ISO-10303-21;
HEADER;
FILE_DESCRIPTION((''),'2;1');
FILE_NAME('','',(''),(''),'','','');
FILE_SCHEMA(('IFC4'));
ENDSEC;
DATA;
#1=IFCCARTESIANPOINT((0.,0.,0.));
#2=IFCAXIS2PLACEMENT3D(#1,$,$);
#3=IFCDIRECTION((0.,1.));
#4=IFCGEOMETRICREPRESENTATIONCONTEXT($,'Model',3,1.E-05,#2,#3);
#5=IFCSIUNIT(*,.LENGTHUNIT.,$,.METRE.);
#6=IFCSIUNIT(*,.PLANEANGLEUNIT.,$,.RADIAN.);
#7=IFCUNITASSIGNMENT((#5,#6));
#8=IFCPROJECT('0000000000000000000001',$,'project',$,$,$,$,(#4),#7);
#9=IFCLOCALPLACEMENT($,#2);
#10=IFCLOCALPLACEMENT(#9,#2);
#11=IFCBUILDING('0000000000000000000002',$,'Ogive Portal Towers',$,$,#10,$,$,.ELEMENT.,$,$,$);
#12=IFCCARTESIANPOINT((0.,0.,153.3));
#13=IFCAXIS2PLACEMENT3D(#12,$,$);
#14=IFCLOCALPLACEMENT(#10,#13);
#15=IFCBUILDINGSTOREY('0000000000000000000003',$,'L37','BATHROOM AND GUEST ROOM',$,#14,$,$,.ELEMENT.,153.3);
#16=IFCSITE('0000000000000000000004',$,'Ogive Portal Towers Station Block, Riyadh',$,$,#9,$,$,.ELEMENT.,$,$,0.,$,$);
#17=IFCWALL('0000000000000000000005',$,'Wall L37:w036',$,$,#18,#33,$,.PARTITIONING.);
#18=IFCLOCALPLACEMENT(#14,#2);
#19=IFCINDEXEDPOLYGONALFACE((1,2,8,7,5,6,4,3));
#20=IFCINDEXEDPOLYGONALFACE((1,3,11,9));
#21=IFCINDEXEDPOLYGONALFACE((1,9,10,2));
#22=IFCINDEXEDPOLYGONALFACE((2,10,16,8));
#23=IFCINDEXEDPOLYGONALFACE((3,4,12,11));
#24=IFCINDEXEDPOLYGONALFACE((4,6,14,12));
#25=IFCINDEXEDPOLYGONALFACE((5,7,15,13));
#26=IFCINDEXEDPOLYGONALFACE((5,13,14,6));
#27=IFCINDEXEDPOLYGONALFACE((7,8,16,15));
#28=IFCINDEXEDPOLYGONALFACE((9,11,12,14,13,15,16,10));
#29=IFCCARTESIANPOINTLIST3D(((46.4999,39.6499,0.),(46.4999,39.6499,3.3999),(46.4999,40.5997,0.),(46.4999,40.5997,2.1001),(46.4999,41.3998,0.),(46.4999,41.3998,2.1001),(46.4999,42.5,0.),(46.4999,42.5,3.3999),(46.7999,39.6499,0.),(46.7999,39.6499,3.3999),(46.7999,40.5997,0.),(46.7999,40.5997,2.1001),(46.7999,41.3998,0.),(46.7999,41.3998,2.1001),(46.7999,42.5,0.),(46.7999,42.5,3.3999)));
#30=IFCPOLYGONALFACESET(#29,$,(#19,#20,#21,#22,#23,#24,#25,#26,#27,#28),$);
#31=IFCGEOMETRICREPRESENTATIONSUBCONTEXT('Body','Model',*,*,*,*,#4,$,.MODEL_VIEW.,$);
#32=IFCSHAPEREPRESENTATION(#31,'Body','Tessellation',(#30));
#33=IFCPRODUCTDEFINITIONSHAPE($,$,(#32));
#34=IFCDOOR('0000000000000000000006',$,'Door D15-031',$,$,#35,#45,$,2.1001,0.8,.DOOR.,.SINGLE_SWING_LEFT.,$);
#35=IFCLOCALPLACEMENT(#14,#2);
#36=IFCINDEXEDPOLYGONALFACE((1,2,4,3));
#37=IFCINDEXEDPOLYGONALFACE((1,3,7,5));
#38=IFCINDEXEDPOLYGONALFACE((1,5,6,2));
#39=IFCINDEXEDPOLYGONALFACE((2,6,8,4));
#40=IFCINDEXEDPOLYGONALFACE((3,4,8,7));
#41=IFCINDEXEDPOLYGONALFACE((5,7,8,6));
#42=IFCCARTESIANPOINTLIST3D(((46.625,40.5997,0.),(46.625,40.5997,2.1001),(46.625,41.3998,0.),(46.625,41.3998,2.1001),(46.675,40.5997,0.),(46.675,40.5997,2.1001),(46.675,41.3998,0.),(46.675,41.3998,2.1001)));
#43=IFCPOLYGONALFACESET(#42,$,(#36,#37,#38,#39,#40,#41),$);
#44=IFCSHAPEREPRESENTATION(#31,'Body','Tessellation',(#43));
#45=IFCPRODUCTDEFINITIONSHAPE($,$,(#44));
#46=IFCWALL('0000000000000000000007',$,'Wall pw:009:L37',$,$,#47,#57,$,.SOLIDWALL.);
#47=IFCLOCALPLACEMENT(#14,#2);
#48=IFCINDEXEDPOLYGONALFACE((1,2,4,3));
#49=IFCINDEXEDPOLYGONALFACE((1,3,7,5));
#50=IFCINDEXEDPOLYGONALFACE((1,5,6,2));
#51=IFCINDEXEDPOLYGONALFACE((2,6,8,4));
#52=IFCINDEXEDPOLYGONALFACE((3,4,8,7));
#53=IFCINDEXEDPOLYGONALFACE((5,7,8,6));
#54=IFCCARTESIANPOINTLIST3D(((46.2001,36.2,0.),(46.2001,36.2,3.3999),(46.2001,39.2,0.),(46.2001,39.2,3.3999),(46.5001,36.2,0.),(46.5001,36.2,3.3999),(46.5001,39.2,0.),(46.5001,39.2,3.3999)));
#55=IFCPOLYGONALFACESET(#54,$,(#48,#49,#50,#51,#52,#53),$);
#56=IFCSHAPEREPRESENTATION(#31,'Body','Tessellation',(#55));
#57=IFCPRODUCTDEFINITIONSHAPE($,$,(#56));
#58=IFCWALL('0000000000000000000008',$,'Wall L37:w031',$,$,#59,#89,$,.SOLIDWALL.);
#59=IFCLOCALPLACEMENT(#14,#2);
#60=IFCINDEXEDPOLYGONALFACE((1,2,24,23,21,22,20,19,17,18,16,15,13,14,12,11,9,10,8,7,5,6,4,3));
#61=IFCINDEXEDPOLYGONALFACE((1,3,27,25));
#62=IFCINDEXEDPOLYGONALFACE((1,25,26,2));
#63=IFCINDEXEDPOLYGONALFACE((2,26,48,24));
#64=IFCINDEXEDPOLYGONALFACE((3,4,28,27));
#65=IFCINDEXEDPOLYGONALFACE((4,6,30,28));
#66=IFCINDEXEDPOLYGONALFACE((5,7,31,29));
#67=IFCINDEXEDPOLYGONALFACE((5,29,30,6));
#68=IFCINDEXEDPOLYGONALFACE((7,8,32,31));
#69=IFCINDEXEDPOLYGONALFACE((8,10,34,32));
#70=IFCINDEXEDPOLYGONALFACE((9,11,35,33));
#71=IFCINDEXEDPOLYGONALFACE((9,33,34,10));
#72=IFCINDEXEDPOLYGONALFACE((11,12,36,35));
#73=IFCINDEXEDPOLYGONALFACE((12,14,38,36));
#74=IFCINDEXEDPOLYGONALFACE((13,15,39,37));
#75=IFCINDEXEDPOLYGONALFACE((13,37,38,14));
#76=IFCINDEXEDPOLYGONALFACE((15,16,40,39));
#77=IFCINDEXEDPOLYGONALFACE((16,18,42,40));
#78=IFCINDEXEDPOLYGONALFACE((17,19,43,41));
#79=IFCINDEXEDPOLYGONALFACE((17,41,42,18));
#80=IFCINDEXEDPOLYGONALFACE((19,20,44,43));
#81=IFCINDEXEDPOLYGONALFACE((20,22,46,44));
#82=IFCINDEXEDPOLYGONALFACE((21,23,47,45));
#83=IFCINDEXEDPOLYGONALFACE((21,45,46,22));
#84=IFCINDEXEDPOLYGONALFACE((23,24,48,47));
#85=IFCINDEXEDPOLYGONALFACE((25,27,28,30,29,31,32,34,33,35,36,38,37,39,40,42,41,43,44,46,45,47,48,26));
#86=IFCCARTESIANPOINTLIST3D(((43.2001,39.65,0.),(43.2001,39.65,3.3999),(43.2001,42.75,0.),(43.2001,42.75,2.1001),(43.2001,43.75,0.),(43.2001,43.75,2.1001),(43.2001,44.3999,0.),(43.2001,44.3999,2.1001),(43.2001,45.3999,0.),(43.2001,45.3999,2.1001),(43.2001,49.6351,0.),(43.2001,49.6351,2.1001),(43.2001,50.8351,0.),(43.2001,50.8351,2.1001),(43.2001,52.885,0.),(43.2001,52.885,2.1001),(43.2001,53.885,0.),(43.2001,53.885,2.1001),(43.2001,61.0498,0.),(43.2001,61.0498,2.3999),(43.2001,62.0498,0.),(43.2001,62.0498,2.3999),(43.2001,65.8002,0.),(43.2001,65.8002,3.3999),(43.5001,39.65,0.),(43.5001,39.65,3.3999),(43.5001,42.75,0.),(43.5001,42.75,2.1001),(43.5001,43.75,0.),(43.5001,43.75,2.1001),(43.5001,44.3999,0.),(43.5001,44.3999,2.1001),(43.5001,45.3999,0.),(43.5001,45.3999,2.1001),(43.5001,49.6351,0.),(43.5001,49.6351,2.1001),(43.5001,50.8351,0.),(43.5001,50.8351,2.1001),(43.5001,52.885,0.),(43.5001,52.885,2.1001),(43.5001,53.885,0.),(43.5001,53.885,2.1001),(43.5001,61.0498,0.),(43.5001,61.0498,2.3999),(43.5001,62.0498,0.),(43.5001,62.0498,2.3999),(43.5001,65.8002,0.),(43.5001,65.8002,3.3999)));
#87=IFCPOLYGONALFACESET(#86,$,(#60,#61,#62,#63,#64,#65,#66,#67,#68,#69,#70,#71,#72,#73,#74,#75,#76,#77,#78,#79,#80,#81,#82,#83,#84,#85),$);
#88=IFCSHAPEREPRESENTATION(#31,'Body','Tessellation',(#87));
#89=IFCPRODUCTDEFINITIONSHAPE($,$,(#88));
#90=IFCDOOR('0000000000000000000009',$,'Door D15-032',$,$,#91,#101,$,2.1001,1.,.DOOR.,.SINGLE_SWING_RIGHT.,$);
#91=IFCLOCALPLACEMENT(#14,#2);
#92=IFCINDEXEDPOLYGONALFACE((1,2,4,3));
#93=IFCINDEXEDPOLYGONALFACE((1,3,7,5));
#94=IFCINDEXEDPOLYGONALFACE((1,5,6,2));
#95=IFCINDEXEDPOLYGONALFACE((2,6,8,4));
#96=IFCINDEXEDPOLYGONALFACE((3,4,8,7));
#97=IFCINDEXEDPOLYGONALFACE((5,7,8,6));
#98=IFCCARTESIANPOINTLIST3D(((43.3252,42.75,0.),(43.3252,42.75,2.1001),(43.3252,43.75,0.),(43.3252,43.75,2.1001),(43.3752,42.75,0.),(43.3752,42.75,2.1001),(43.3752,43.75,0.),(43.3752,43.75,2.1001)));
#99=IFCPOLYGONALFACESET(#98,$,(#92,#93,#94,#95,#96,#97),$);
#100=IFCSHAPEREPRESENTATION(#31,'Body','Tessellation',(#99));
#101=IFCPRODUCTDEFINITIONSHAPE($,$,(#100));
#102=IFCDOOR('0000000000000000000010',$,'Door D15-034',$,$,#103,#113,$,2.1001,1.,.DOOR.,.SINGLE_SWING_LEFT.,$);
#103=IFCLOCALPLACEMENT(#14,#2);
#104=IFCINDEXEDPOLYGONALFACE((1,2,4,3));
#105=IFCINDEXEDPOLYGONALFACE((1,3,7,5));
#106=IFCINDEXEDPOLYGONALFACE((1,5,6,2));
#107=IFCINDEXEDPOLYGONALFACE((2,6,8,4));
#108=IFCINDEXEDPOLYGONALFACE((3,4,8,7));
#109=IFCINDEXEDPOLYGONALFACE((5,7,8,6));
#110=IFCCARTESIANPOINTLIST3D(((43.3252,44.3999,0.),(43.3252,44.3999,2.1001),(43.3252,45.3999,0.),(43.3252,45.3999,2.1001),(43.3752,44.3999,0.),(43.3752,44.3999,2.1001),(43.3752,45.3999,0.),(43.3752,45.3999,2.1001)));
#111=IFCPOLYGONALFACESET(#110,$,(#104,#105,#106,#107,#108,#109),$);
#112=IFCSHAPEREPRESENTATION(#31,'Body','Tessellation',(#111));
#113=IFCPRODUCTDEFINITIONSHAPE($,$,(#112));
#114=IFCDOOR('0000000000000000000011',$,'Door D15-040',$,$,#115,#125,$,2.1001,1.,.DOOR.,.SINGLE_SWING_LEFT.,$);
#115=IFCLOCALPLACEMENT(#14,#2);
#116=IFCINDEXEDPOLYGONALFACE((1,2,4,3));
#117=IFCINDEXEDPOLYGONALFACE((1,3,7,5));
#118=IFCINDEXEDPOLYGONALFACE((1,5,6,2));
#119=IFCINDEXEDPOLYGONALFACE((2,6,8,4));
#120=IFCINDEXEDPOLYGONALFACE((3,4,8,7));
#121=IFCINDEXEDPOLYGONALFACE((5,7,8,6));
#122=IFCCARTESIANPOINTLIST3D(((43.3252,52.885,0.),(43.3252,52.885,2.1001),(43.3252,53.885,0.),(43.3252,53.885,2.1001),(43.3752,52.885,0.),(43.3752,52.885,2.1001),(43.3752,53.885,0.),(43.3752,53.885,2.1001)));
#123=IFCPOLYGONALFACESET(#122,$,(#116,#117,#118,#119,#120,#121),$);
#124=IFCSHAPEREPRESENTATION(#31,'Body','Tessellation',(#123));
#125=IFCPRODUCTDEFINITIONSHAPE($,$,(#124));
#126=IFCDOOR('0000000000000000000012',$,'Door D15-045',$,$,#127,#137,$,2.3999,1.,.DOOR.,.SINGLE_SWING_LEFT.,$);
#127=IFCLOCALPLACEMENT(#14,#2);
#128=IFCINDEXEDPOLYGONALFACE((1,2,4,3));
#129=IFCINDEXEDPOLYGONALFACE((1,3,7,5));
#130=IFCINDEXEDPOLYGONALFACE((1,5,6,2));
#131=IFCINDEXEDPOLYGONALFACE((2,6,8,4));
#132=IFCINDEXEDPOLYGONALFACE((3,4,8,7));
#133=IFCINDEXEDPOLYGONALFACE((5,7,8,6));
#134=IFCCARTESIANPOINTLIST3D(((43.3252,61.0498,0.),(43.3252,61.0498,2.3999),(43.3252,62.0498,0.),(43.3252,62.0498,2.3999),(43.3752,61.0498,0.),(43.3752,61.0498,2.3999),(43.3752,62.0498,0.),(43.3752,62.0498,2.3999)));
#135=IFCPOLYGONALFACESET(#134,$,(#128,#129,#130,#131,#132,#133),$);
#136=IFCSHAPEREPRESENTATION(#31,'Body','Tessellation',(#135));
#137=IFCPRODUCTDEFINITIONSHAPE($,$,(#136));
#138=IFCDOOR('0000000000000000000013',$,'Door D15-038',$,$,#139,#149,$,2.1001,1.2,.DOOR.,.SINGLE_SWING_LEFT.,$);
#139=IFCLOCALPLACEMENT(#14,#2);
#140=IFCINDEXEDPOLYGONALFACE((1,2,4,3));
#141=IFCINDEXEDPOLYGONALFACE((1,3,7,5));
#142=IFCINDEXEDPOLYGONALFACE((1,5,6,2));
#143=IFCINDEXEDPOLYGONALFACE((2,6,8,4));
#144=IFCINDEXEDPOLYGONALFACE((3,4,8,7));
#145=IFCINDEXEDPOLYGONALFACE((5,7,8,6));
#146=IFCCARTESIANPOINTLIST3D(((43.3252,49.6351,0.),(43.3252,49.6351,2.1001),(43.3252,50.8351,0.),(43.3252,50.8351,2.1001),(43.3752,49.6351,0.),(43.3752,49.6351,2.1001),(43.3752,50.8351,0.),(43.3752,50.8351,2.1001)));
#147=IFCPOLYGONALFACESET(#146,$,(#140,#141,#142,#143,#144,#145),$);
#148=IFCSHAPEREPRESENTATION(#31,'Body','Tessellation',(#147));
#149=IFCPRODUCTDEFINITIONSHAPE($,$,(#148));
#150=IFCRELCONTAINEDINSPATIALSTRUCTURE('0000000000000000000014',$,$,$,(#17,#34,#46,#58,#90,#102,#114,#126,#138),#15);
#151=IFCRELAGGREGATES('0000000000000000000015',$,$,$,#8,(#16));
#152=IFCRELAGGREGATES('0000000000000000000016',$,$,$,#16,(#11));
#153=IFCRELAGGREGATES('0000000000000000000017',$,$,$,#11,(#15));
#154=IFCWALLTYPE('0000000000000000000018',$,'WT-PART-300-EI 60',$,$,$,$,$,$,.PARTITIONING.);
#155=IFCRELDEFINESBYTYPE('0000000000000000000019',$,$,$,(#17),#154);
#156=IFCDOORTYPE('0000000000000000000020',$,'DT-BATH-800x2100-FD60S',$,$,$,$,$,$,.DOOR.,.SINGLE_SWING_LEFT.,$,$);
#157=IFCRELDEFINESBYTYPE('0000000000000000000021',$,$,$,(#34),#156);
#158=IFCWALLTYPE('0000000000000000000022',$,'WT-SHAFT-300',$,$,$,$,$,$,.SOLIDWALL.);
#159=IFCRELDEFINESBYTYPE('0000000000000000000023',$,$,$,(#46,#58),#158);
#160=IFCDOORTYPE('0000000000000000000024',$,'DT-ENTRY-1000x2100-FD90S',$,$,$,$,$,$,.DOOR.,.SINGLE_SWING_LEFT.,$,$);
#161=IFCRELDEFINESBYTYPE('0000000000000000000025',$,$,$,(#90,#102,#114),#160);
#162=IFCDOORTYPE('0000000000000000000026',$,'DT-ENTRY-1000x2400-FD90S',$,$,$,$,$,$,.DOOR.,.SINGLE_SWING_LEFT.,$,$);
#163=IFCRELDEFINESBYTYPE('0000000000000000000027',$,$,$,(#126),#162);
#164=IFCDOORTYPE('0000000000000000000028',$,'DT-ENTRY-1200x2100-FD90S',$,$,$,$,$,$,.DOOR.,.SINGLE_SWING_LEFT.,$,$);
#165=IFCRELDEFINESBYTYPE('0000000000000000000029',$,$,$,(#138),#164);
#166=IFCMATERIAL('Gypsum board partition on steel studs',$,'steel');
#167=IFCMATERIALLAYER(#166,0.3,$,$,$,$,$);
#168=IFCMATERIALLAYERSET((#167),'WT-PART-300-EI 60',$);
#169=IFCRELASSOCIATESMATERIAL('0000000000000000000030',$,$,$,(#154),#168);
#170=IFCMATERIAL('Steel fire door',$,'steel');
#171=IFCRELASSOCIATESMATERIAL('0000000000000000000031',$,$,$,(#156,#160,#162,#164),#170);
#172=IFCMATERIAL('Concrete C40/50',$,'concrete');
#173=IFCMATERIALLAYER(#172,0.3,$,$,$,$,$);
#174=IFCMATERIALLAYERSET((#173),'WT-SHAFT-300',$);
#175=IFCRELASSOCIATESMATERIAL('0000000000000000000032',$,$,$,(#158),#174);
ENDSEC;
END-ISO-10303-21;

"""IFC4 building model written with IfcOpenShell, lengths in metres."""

from ifc_helpers import new_model, si_unit, direction, frame, frame_2d, origin, place, context, subcontext, project, spatial, rectangle, extrude, material, layer, layer_set, type_object, element, fill, save


model = new_model("IFC4")

# Units and contexts
model_context = context("Model", 3, precision=1e-05, world=origin(), true_north=direction((0.0, 1.0)))
body_context = subcontext(model_context, "Body", "Model", "MODEL_VIEW")
ifc_project = project(units=[si_unit("LENGTHUNIT", "METRE"), si_unit("PLANEANGLEUNIT", "RADIAN")], contexts=[model_context])

# Site, building, storey
site_placement = place(None, origin())
site = spatial("IfcSite", under=ifc_project, at=site_placement, Name="Ogive Portal Towers Station Block, Riyadh", CompositionType="ELEMENT", RefElevation=0.0)
building_placement = place(site_placement, origin())
building = spatial("IfcBuilding", under=site, at=building_placement, Name="Ogive Portal Towers", CompositionType="ELEMENT")
storey_placement = place(building_placement, frame((0.0, 0.0, 153.3)))
storey = spatial("IfcBuildingStorey", under=building, at=storey_placement, Name="L37", Description="BATHROOM AND GUEST ROOM", CompositionType="ELEMENT", Elevation=153.3)

# Shared definitions
ifc_material_1 = material(Name="Steel fire door", Category="steel")

# Shared definitions
ifc_material_2 = material(Name="Gypsum board partition on steel studs", Category="steel")
ifc_layer_1 = layer(ifc_material_2, 0.3)
ifc_layer_set_1 = layer_set([ifc_layer_1], Name="WT-PART-300-EI 60")
wall_type_1 = type_object("IfcWallType", Name="WT-PART-300-EI 60", PredefinedType="PARTITIONING", material=ifc_layer_set_1)

# Wall, opening, door
wall_1_placement = place(storey_placement, frame((46.6499, 39.6499, 0.0), z_axis=(0.0, 0.0, 1.0), x_axis=(0.0, 1.0, 0.0)))
wall_1 = element("IfcWall", 1, at=wall_1_placement, inside=storey, type_object=wall_type_1, Name="Wall L37:w036", PredefinedType="PARTITIONING", context=body_context, shape_type="SweptSolid", body=[
    extrude(rectangle(XDim=2.8501, YDim=0.3, at=frame_2d((1.425, 0.0))), origin(), (0.0, 0.0, 1.0), 3.3999),
])
opening_1_placement = place(wall_1_placement, frame((0.95, 0.0, 0.0)))
opening_1 = element("IfcOpeningElement", 2, at=opening_1_placement, cuts=wall_1, PredefinedType="OPENING", context=body_context, shape_type="SweptSolid", body=[
    extrude(rectangle(XDim=0.8, YDim=2.1001, at=frame_2d((0.3999, 1.05))), frame((0.0, 0.1602, 0.0), z_axis=(0.0, -1.0, 0.0), x_axis=(1.0, 0.0, 0.0)), (0.0, 0.0, 1.0), 0.3201),
])
door_type_1 = type_object("IfcDoorType", Name="DT-BATH-800x2100-FD60S", OperationType="SINGLE_SWING_LEFT", PredefinedType="DOOR", material=ifc_material_1)
door_1_placement = place(opening_1_placement, origin())
door_1 = element("IfcDoor", 3, at=door_1_placement, inside=storey, type_object=door_type_1, Name="Door D15-031", OperationType="SINGLE_SWING_LEFT", OverallHeight=2.1001, OverallWidth=0.8, PredefinedType="DOOR", context=body_context, shape_type="SweptSolid", body=[
    extrude(rectangle(XDim=0.8, YDim=2.1001, at=frame_2d((0.3999, 1.05))), frame((0.0, 0.0249, 0.0), z_axis=(0.0, -1.0, 0.0), x_axis=(1.0, 0.0, 0.0)), (0.0, 0.0, 1.0), 0.05),
])
fill(opening_1, door_1)

# Wall
ifc_material_3 = material(Name="Concrete C40/50", Category="concrete")
ifc_layer_2 = layer(ifc_material_3, 0.3)
ifc_layer_set_2 = layer_set([ifc_layer_2], Name="WT-SHAFT-300")
wall_type_2 = type_object("IfcWallType", Name="WT-SHAFT-300", PredefinedType="SOLIDWALL", material=ifc_layer_set_2)
wall_2_placement = place(storey_placement, frame((46.3501, 36.2, 0.0), z_axis=(0.0, 0.0, 1.0), x_axis=(0.0, 1.0, 0.0)))
element("IfcWall", 4, at=wall_2_placement, inside=storey, type_object=wall_type_2, Name="Wall pw:009:L37", PredefinedType="SOLIDWALL", context=body_context, shape_type="SweptSolid", body=[
    extrude(rectangle(XDim=3.0, YDim=0.3, at=frame_2d((1.5, 0.0))), origin(), (0.0, 0.0, 1.0), 3.3999),
])

# Wall, openings, doors
wall_3_placement = place(storey_placement, frame((43.3501, 39.6499, 0.0), z_axis=(0.0, 0.0, 1.0), x_axis=(0.0, 1.0, 0.0)))
wall_3 = element("IfcWall", 5, at=wall_3_placement, inside=storey, type_object=wall_type_2, Name="Wall L37:w031", PredefinedType="SOLIDWALL", context=body_context, shape_type="SweptSolid", body=[
    extrude(rectangle(XDim=26.1501, YDim=0.3, at=frame_2d((13.0752, 0.0))), origin(), (0.0, 0.0, 1.0), 3.3999),
])
opening_2_placement = place(wall_3_placement, frame((3.1001, 0.0, 0.0)))
opening_2 = element("IfcOpeningElement", 6, at=opening_2_placement, cuts=wall_3, PredefinedType="OPENING", context=body_context, shape_type="SweptSolid", body=[
    extrude(rectangle(XDim=1.0, YDim=2.1001, at=frame_2d((0.5, 1.05))), frame((0.0, 0.1602, 0.0), z_axis=(0.0, -1.0, 0.0), x_axis=(1.0, 0.0, 0.0)), (0.0, 0.0, 1.0), 0.3201),
])
opening_3_placement = place(wall_3_placement, frame((4.75, 0.0, 0.0)))
opening_3 = element("IfcOpeningElement", 7, at=opening_3_placement, cuts=wall_3, PredefinedType="OPENING", context=body_context, shape_type="SweptSolid", body=[
    extrude(rectangle(XDim=1.0, YDim=2.1001, at=frame_2d((0.5, 1.05))), frame((0.0, 0.1602, 0.0), z_axis=(0.0, -1.0, 0.0), x_axis=(1.0, 0.0, 0.0)), (0.0, 0.0, 1.0), 0.3201),
])
opening_4_placement = place(wall_3_placement, frame((9.9851, 0.0, 0.0)))
opening_4 = element("IfcOpeningElement", 8, at=opening_4_placement, cuts=wall_3, PredefinedType="OPENING", context=body_context, shape_type="SweptSolid", body=[
    extrude(rectangle(XDim=1.2, YDim=2.1001, at=frame_2d((0.6001, 1.05))), frame((0.0, 0.1602, 0.0), z_axis=(0.0, -1.0, 0.0), x_axis=(1.0, 0.0, 0.0)), (0.0, 0.0, 1.0), 0.3201),
])
opening_5_placement = place(wall_3_placement, frame((13.2351, 0.0, 0.0)))
opening_5 = element("IfcOpeningElement", 9, at=opening_5_placement, cuts=wall_3, PredefinedType="OPENING", context=body_context, shape_type="SweptSolid", body=[
    extrude(rectangle(XDim=1.0, YDim=2.1001, at=frame_2d((0.5, 1.05))), frame((0.0, 0.1602, 0.0), z_axis=(0.0, -1.0, 0.0), x_axis=(1.0, 0.0, 0.0)), (0.0, 0.0, 1.0), 0.3201),
])
opening_6_placement = place(wall_3_placement, frame((21.3999, 0.0, 0.0)))
opening_6 = element("IfcOpeningElement", 10, at=opening_6_placement, cuts=wall_3, PredefinedType="OPENING", context=body_context, shape_type="SweptSolid", body=[
    extrude(rectangle(XDim=1.0, YDim=2.3999, at=frame_2d((0.5, 1.2))), frame((0.0, 0.1602, 0.0), z_axis=(0.0, -1.0, 0.0), x_axis=(1.0, 0.0, 0.0)), (0.0, 0.0, 1.0), 0.3201),
])
door_type_2 = type_object("IfcDoorType", Name="DT-ENTRY-1000x2100-FD90S", OperationType="SINGLE_SWING_LEFT", PredefinedType="DOOR", material=ifc_material_1)
door_2_placement = place(opening_2_placement, origin())
door_2 = element("IfcDoor", 11, at=door_2_placement, inside=storey, type_object=door_type_2, Name="Door D15-032", OperationType="SINGLE_SWING_RIGHT", OverallHeight=2.1001, OverallWidth=1.0, PredefinedType="DOOR", context=body_context, shape_type="SweptSolid", body=[
    extrude(rectangle(XDim=1.0, YDim=2.1001, at=frame_2d((0.5, 1.05))), frame((0.0, 0.0249, 0.0), z_axis=(0.0, -1.0, 0.0), x_axis=(1.0, 0.0, 0.0)), (0.0, 0.0, 1.0), 0.05),
])
fill(opening_2, door_2)
door_3_placement = place(opening_3_placement, origin())
door_3 = element("IfcDoor", 12, at=door_3_placement, inside=storey, type_object=door_type_2, Name="Door D15-034", OperationType="SINGLE_SWING_LEFT", OverallHeight=2.1001, OverallWidth=1.0, PredefinedType="DOOR", context=body_context, shape_type="SweptSolid", body=[
    extrude(rectangle(XDim=1.0, YDim=2.1001, at=frame_2d((0.5, 1.05))), frame((0.0, 0.0249, 0.0), z_axis=(0.0, -1.0, 0.0), x_axis=(1.0, 0.0, 0.0)), (0.0, 0.0, 1.0), 0.05),
])
fill(opening_3, door_3)
door_4_placement = place(opening_5_placement, origin())
door_4 = element("IfcDoor", 13, at=door_4_placement, inside=storey, type_object=door_type_2, Name="Door D15-040", OperationType="SINGLE_SWING_LEFT", OverallHeight=2.1001, OverallWidth=1.0, PredefinedType="DOOR", context=body_context, shape_type="SweptSolid", body=[
    extrude(rectangle(XDim=1.0, YDim=2.1001, at=frame_2d((0.5, 1.05))), frame((0.0, 0.0249, 0.0), z_axis=(0.0, -1.0, 0.0), x_axis=(1.0, 0.0, 0.0)), (0.0, 0.0, 1.0), 0.05),
])
fill(opening_5, door_4)
door_type_3 = type_object("IfcDoorType", Name="DT-ENTRY-1000x2400-FD90S", OperationType="SINGLE_SWING_LEFT", PredefinedType="DOOR", material=ifc_material_1)
door_5_placement = place(opening_6_placement, origin())
door_5 = element("IfcDoor", 14, at=door_5_placement, inside=storey, type_object=door_type_3, Name="Door D15-045", OperationType="SINGLE_SWING_LEFT", OverallHeight=2.3999, OverallWidth=1.0, PredefinedType="DOOR", context=body_context, shape_type="SweptSolid", body=[
    extrude(rectangle(XDim=1.0, YDim=2.3999, at=frame_2d((0.5, 1.2))), frame((0.0, 0.0249, 0.0), z_axis=(0.0, -1.0, 0.0), x_axis=(1.0, 0.0, 0.0)), (0.0, 0.0, 1.0), 0.05),
])
fill(opening_6, door_5)
door_type_4 = type_object("IfcDoorType", Name="DT-ENTRY-1200x2100-FD90S", OperationType="SINGLE_SWING_LEFT", PredefinedType="DOOR", material=ifc_material_1)
door_6_placement = place(opening_4_placement, origin())
door_6 = element("IfcDoor", 15, at=door_6_placement, inside=storey, type_object=door_type_4, Name="Door D15-038", OperationType="SINGLE_SWING_LEFT", OverallHeight=2.1001, OverallWidth=1.2, PredefinedType="DOOR", context=body_context, shape_type="SweptSolid", body=[
    extrude(rectangle(XDim=1.2, YDim=2.1001, at=frame_2d((0.6001, 1.05))), frame((0.0, 0.0249, 0.0), z_axis=(0.0, -1.0, 0.0), x_axis=(1.0, 0.0, 0.0)), (0.0, 0.0, 1.0), 0.05),
])
fill(opening_4, door_6)

save(model, "model.ifc")
